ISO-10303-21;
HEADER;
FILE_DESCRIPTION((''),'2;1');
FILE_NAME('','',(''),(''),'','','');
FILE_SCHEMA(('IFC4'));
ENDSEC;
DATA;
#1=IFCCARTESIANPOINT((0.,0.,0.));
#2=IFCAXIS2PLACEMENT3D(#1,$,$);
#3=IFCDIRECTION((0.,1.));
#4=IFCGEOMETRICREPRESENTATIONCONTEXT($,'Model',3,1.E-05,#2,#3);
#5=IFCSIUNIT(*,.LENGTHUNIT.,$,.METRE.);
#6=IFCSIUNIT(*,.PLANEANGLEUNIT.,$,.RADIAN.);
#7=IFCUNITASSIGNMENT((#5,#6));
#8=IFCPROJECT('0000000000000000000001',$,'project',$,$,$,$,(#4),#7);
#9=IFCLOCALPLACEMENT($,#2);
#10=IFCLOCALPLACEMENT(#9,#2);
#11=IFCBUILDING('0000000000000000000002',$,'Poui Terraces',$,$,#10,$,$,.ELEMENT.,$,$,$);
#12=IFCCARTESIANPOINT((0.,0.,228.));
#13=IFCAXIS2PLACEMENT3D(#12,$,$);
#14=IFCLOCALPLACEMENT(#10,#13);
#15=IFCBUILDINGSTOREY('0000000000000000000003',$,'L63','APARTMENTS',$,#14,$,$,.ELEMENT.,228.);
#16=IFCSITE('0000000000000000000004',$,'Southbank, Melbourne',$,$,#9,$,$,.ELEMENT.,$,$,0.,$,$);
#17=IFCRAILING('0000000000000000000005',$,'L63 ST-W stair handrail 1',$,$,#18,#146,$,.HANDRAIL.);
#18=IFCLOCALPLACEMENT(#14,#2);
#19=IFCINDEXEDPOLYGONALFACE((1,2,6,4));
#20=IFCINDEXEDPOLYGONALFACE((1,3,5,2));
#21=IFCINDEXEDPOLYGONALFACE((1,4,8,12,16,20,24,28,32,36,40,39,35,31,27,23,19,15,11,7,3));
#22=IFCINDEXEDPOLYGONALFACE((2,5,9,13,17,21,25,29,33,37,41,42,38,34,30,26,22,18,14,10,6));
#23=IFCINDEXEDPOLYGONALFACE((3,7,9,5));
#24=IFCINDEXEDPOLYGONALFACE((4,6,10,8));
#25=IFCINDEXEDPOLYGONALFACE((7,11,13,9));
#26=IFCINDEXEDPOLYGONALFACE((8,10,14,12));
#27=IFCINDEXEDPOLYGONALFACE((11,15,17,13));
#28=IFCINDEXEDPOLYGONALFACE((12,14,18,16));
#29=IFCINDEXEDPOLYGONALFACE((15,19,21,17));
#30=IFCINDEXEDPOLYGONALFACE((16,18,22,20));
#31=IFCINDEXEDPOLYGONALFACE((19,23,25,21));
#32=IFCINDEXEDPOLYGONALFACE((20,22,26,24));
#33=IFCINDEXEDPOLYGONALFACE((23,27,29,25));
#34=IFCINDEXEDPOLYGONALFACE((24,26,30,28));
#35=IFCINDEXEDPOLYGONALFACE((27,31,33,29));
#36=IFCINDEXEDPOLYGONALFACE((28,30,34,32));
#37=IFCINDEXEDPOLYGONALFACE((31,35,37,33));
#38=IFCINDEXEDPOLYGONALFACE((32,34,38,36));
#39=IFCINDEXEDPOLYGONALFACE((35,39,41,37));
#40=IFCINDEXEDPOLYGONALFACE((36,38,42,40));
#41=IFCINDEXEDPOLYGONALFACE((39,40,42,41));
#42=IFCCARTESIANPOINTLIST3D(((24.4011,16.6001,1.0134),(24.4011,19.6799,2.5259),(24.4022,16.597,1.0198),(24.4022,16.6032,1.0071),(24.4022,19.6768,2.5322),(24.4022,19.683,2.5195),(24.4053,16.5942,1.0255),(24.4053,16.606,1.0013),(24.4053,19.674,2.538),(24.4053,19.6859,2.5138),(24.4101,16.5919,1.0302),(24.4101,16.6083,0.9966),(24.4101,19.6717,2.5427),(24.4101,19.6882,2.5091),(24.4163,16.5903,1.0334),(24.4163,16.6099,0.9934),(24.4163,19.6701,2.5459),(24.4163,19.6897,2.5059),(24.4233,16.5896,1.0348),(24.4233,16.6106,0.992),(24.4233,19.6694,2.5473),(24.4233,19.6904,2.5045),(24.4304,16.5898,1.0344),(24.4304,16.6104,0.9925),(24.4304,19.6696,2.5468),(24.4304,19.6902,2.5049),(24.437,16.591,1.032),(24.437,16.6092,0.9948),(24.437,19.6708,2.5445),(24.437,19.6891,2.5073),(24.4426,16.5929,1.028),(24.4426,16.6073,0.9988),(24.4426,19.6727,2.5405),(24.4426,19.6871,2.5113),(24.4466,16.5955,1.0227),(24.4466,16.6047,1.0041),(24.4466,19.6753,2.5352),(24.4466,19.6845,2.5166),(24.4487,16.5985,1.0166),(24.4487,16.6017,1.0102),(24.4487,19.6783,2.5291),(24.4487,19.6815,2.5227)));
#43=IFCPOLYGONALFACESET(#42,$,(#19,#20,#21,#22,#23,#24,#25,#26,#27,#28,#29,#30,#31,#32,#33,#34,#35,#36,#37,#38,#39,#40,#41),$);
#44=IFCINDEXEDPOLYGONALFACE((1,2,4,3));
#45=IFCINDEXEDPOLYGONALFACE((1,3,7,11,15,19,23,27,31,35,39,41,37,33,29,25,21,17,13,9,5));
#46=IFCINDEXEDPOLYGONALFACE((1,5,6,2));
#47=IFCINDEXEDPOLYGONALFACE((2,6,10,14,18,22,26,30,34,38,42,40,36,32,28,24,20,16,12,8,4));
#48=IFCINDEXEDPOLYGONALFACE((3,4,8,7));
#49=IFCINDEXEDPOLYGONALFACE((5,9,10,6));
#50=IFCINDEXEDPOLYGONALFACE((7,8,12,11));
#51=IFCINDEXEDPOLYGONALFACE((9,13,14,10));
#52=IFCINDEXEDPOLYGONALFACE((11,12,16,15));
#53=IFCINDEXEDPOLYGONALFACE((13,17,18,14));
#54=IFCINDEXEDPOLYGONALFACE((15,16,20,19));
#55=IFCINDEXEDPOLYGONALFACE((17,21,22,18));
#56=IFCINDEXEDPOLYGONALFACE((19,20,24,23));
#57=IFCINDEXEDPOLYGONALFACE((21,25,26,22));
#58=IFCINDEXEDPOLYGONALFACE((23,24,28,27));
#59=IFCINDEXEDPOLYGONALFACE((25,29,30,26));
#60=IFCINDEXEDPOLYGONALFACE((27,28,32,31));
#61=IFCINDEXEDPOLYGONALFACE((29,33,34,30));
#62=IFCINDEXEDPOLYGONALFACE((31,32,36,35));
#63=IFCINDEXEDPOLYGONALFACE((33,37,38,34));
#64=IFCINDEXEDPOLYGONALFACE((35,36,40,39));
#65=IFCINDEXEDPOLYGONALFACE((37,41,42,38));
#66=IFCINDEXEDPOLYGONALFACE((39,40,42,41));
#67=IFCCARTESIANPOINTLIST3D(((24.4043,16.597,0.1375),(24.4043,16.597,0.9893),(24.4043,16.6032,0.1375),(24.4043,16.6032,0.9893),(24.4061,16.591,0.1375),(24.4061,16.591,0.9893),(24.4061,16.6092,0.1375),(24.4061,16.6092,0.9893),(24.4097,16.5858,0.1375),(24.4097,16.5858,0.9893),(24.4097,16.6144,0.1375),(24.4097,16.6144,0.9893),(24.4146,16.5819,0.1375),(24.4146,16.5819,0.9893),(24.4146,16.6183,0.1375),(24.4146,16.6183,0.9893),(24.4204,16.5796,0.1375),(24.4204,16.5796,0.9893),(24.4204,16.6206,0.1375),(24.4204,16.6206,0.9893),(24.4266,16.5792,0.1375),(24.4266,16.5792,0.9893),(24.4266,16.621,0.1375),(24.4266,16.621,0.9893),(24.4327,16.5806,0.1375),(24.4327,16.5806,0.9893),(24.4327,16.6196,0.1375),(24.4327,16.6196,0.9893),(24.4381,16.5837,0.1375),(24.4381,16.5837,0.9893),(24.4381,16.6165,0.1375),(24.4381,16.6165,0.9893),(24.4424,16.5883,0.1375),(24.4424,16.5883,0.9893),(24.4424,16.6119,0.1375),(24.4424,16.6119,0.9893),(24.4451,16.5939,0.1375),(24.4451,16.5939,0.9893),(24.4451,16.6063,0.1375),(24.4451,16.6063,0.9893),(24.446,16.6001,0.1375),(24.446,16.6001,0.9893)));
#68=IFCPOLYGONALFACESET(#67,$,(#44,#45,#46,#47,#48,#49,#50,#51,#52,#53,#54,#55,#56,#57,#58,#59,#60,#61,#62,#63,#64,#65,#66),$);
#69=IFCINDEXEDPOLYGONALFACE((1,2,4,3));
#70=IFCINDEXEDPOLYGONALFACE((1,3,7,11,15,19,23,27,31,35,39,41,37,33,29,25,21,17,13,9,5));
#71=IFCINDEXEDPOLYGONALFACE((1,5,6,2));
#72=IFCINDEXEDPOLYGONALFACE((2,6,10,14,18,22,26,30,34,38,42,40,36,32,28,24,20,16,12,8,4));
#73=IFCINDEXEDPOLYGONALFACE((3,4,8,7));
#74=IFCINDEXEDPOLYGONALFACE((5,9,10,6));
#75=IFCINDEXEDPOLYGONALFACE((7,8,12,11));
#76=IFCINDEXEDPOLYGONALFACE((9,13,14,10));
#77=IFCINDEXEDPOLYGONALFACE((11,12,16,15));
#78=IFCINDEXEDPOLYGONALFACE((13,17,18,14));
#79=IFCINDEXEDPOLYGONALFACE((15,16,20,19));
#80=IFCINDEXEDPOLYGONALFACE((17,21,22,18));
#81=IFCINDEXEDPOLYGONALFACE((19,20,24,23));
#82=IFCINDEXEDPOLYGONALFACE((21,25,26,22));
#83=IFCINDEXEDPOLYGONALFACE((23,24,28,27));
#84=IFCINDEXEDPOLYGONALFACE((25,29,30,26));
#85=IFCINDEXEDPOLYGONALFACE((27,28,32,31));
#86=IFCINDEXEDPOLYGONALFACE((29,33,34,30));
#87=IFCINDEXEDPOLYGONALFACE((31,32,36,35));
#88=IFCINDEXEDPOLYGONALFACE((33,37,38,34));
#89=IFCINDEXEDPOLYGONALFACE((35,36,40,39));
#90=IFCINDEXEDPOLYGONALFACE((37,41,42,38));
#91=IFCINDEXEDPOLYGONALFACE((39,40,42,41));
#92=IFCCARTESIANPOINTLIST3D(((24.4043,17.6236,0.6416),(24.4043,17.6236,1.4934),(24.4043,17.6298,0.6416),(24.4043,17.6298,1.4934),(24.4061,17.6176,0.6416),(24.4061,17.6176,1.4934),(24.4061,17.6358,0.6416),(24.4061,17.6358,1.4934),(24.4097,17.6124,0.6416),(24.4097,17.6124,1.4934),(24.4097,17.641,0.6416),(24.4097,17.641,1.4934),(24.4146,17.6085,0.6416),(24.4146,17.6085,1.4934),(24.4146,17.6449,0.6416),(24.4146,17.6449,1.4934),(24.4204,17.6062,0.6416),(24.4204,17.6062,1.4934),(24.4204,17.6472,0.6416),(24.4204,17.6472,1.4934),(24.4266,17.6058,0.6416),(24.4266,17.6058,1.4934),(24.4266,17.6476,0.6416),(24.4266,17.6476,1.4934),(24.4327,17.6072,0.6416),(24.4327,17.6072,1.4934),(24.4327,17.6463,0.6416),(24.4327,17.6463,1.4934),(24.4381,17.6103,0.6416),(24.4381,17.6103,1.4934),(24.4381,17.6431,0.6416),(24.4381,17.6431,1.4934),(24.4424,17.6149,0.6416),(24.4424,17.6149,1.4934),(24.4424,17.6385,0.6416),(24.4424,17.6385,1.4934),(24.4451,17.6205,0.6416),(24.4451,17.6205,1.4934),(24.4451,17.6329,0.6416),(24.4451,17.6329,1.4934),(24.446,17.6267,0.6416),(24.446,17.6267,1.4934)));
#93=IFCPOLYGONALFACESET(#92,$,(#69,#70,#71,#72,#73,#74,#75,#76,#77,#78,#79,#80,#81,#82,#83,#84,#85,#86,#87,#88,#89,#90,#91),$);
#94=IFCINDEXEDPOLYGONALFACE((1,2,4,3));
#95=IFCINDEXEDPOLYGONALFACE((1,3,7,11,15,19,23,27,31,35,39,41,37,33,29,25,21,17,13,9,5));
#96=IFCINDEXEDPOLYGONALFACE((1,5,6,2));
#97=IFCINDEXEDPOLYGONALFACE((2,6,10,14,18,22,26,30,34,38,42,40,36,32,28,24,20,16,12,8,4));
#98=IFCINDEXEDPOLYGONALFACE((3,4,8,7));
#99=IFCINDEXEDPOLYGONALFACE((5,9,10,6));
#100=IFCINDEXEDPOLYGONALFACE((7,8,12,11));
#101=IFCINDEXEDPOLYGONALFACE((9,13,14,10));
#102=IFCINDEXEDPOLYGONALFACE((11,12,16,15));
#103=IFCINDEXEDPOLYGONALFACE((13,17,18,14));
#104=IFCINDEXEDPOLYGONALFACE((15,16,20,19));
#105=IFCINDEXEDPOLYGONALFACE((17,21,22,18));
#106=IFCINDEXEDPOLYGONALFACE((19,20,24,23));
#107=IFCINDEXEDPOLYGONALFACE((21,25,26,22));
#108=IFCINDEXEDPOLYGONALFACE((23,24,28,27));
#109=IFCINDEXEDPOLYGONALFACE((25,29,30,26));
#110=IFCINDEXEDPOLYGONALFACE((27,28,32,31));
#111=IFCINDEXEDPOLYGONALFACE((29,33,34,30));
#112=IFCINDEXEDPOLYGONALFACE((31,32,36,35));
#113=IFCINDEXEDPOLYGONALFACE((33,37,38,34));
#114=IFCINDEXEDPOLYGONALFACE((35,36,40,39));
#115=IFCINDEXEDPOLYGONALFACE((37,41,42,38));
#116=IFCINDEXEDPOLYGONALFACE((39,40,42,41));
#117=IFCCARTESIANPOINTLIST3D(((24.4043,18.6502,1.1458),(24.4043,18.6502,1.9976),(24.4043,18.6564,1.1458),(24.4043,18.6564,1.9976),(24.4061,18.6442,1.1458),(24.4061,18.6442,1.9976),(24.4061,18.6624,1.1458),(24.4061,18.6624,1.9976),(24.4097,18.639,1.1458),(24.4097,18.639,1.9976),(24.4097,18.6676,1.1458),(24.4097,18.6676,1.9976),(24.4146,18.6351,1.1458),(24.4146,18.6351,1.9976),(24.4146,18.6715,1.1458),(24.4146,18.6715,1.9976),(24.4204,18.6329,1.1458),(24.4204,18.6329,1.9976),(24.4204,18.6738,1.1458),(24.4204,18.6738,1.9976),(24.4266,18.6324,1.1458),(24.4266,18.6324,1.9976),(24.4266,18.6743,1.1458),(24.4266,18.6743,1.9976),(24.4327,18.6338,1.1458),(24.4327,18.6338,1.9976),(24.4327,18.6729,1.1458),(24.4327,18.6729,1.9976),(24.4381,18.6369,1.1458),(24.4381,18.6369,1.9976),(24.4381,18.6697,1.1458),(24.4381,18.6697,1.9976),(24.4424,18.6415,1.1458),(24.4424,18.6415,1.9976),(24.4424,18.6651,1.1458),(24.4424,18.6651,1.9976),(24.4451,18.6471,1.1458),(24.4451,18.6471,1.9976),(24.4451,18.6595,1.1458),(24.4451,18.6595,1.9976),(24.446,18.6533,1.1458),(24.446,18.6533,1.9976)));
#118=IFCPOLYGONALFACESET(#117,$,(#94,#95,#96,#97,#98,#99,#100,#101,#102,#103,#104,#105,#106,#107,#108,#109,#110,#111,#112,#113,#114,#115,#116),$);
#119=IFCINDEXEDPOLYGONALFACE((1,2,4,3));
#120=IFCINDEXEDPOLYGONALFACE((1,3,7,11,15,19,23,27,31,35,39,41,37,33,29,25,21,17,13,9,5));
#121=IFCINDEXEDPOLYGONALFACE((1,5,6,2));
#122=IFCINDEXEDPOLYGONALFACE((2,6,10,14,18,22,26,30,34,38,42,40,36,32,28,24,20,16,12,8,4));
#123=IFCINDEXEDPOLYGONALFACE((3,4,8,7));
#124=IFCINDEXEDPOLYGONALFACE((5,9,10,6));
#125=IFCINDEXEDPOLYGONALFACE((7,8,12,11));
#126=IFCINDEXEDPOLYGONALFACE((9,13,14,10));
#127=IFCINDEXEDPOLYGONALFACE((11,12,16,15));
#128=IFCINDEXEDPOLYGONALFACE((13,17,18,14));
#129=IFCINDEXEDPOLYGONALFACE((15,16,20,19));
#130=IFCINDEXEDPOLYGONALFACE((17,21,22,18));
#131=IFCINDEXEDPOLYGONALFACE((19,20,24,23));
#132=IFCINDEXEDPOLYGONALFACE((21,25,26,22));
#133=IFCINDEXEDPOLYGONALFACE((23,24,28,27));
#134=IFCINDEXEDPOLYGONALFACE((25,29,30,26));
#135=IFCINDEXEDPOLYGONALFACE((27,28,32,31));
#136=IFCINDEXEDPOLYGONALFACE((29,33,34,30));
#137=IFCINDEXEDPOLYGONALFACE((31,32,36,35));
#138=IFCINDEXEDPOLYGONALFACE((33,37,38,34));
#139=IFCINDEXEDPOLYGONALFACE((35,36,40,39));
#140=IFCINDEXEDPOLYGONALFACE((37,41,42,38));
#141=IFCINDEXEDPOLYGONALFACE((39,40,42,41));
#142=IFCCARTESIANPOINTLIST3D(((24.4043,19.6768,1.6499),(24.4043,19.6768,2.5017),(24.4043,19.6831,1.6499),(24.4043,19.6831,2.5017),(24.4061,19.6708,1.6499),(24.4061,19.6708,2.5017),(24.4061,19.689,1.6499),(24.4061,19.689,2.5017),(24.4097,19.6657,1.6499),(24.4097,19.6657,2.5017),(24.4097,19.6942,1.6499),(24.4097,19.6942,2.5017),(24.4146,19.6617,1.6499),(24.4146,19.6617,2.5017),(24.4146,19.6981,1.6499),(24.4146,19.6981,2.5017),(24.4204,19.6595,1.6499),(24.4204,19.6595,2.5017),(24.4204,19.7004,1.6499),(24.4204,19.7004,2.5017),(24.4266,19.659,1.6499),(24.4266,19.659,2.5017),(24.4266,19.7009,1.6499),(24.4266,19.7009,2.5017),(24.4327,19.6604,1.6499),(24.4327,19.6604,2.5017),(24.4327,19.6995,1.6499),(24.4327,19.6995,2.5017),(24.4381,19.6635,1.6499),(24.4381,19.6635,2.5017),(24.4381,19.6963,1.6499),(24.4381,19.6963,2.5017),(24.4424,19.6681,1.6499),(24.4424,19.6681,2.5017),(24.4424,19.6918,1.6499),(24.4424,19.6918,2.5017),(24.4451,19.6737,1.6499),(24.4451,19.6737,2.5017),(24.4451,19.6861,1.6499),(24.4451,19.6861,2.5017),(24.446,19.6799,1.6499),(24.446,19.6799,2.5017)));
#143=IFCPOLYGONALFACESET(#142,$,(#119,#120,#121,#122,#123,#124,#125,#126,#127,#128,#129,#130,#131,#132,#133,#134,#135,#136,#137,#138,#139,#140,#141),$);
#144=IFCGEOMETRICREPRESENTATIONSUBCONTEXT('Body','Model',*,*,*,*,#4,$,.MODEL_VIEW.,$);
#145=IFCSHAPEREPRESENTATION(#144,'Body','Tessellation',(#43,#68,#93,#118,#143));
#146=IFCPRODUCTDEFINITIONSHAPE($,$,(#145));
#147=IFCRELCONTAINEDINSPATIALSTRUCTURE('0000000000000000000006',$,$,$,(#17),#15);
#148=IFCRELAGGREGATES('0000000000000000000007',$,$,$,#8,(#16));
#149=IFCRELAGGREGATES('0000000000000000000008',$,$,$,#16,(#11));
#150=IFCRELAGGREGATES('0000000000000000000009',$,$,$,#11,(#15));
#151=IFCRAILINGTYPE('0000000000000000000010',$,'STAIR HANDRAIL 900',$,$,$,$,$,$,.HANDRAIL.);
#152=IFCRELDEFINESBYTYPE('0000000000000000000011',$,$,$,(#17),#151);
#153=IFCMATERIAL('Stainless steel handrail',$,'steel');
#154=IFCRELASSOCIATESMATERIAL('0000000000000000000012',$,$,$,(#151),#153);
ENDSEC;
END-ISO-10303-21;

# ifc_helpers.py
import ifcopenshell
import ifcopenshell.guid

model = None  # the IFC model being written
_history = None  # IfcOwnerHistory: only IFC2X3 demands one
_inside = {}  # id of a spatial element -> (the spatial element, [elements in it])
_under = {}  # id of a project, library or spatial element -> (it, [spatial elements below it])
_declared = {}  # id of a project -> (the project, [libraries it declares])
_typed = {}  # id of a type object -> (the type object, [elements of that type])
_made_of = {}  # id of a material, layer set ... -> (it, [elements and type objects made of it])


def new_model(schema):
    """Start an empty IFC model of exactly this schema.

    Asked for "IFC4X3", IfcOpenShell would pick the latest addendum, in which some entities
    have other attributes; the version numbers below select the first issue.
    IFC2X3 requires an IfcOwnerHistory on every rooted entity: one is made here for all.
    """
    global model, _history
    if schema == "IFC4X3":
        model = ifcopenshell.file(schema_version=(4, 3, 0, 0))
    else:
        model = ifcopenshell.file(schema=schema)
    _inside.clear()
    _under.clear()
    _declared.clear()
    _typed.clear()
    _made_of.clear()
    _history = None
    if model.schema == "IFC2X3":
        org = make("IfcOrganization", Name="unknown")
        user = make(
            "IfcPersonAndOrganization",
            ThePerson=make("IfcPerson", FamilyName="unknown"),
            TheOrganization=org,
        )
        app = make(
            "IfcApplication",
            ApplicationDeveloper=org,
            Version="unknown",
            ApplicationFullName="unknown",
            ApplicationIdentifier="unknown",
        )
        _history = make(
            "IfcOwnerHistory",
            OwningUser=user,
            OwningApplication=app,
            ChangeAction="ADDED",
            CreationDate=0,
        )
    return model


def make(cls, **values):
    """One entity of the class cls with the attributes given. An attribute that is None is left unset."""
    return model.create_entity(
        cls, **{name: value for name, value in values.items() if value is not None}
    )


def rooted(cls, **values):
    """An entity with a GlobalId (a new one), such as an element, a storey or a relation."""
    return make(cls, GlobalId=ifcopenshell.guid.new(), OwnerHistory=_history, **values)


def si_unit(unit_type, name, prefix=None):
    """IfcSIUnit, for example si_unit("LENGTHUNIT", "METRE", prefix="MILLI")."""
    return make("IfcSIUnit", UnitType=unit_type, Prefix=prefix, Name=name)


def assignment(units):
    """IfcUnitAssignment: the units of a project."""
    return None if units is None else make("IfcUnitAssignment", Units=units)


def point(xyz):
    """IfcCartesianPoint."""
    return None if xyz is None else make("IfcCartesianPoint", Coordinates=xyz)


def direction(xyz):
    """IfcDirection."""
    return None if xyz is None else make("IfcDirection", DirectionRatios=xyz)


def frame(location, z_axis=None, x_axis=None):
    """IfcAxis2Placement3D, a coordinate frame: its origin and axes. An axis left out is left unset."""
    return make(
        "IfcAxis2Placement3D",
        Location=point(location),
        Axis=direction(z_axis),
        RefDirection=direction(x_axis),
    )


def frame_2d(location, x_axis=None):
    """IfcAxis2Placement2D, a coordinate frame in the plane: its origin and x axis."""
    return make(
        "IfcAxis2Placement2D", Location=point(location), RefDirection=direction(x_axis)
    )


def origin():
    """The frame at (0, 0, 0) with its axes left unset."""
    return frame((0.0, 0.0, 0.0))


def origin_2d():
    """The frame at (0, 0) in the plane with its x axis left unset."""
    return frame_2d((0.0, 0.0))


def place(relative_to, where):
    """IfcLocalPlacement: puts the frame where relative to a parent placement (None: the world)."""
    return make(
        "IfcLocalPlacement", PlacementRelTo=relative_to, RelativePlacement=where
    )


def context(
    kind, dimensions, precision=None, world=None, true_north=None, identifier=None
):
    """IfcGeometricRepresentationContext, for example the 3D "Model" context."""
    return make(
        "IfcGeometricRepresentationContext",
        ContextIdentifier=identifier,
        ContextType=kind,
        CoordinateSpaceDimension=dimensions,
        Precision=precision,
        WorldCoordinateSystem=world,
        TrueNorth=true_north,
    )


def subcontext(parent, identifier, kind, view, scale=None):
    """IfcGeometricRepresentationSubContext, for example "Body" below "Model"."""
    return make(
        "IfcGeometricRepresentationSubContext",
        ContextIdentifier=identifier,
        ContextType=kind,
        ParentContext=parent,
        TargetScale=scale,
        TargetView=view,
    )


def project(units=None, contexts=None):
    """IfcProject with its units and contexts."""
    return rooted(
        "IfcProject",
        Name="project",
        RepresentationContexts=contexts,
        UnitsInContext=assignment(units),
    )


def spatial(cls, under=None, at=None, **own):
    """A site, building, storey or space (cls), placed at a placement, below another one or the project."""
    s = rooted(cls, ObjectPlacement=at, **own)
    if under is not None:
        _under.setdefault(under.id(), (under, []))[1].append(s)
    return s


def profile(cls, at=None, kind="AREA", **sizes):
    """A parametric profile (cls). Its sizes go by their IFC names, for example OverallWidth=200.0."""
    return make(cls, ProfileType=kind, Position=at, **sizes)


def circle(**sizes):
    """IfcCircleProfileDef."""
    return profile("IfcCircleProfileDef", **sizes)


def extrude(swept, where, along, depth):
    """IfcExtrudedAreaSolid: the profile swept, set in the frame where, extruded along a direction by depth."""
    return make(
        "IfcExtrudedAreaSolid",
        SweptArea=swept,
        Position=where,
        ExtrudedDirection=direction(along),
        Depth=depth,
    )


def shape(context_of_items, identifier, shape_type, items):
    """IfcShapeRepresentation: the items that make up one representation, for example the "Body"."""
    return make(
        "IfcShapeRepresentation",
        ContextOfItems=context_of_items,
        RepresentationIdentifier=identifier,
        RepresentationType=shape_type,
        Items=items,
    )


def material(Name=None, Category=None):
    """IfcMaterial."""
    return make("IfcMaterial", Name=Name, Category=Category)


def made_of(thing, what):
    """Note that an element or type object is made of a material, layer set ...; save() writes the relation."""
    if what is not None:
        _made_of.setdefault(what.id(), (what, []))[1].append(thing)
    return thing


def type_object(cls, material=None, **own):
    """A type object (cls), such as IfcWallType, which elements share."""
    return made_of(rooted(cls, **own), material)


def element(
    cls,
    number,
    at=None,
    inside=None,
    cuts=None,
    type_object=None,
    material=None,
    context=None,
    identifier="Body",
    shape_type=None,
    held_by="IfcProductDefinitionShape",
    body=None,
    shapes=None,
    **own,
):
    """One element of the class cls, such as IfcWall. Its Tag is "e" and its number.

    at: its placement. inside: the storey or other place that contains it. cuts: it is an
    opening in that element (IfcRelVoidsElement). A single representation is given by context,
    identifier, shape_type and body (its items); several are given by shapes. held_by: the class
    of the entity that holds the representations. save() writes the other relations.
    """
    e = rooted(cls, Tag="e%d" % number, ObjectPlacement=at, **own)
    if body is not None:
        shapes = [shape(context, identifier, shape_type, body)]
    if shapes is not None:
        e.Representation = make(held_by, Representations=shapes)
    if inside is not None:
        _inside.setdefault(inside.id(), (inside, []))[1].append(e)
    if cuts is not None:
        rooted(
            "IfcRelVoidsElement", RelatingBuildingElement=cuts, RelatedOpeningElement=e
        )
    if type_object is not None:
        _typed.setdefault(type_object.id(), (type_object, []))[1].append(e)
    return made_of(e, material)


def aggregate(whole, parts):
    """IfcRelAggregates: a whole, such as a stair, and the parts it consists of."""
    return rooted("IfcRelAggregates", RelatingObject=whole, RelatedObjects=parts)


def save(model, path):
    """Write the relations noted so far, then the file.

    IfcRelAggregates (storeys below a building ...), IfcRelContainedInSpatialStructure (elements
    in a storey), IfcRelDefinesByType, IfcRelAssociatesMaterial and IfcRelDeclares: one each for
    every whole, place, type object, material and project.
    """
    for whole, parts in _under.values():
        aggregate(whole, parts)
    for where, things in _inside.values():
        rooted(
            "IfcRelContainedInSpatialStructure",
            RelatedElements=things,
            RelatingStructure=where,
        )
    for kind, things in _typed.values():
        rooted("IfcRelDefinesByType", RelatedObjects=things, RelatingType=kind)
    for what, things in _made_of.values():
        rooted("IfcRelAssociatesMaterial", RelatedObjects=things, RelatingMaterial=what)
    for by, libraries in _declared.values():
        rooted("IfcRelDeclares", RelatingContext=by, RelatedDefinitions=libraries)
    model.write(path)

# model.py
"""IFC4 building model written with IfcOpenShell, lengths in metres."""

from ifc_helpers import new_model, si_unit, direction, frame, origin, origin_2d, place, context, subcontext, project, spatial, circle, extrude, material, type_object, element, save


model = new_model("IFC4")

# Units and contexts
model_context = context("Model", 3, precision=1e-05, world=origin(), true_north=direction((0.0, 1.0)))
body_context = subcontext(model_context, "Body", "Model", "MODEL_VIEW")
ifc_project = project(units=[si_unit("LENGTHUNIT", "METRE"), si_unit("PLANEANGLEUNIT", "RADIAN")], contexts=[model_context])

# Site, building, storey
site_placement = place(None, origin())
site = spatial("IfcSite", under=ifc_project, at=site_placement, Name="Southbank, Melbourne", CompositionType="ELEMENT", RefElevation=0.0)
building_placement = place(site_placement, origin())
building = spatial("IfcBuilding", under=site, at=building_placement, Name="Poui Terraces", CompositionType="ELEMENT")
storey_placement = place(building_placement, frame((0.0, 0.0, 228.0)))
storey = spatial("IfcBuildingStorey", under=building, at=storey_placement, Name="L63", Description="APARTMENTS", CompositionType="ELEMENT", Elevation=228.0)

# Railing
ifc_material_1 = material(Name="Stainless steel handrail", Category="steel")
railing_type_1 = type_object("IfcRailingType", Name="STAIR HANDRAIL 900", PredefinedType="HANDRAIL", material=ifc_material_1)
railing_1_placement = place(storey_placement, frame((24.425, 16.6001, 0.1375)))
element("IfcRailing", 1, at=railing_1_placement, inside=storey, type_object=railing_type_1, Name="L63 ST-W stair handrail 1", PredefinedType="HANDRAIL", context=body_context, shape_type="SweptSolid", body=[
    extrude(circle(Radius=0.0239, at=origin_2d()), frame((0.0, 0.0, 0.876), z_axis=(0.0, 0.897606, 0.440798), x_axis=(-1.0, 0.0, 0.0)), (0.0, 0.0, 1.0), 3.4312),
    extrude(circle(Radius=0.021, at=origin_2d()), origin(), (0.0, 0.0, 1.0), 0.8518),
    extrude(circle(Radius=0.021, at=origin_2d()), frame((0.0, 1.0266, 0.5042)), (0.0, 0.0, 1.0), 0.8518),
    extrude(circle(Radius=0.021, at=origin_2d()), frame((0.0, 2.0532, 1.0083)), (0.0, 0.0, 1.0), 0.8518),
    extrude(circle(Radius=0.021, at=origin_2d()), frame((0.0, 3.0798, 1.5125)), (0.0, 0.0, 1.0), 0.8518),
])

save(model, "model.ifc")
